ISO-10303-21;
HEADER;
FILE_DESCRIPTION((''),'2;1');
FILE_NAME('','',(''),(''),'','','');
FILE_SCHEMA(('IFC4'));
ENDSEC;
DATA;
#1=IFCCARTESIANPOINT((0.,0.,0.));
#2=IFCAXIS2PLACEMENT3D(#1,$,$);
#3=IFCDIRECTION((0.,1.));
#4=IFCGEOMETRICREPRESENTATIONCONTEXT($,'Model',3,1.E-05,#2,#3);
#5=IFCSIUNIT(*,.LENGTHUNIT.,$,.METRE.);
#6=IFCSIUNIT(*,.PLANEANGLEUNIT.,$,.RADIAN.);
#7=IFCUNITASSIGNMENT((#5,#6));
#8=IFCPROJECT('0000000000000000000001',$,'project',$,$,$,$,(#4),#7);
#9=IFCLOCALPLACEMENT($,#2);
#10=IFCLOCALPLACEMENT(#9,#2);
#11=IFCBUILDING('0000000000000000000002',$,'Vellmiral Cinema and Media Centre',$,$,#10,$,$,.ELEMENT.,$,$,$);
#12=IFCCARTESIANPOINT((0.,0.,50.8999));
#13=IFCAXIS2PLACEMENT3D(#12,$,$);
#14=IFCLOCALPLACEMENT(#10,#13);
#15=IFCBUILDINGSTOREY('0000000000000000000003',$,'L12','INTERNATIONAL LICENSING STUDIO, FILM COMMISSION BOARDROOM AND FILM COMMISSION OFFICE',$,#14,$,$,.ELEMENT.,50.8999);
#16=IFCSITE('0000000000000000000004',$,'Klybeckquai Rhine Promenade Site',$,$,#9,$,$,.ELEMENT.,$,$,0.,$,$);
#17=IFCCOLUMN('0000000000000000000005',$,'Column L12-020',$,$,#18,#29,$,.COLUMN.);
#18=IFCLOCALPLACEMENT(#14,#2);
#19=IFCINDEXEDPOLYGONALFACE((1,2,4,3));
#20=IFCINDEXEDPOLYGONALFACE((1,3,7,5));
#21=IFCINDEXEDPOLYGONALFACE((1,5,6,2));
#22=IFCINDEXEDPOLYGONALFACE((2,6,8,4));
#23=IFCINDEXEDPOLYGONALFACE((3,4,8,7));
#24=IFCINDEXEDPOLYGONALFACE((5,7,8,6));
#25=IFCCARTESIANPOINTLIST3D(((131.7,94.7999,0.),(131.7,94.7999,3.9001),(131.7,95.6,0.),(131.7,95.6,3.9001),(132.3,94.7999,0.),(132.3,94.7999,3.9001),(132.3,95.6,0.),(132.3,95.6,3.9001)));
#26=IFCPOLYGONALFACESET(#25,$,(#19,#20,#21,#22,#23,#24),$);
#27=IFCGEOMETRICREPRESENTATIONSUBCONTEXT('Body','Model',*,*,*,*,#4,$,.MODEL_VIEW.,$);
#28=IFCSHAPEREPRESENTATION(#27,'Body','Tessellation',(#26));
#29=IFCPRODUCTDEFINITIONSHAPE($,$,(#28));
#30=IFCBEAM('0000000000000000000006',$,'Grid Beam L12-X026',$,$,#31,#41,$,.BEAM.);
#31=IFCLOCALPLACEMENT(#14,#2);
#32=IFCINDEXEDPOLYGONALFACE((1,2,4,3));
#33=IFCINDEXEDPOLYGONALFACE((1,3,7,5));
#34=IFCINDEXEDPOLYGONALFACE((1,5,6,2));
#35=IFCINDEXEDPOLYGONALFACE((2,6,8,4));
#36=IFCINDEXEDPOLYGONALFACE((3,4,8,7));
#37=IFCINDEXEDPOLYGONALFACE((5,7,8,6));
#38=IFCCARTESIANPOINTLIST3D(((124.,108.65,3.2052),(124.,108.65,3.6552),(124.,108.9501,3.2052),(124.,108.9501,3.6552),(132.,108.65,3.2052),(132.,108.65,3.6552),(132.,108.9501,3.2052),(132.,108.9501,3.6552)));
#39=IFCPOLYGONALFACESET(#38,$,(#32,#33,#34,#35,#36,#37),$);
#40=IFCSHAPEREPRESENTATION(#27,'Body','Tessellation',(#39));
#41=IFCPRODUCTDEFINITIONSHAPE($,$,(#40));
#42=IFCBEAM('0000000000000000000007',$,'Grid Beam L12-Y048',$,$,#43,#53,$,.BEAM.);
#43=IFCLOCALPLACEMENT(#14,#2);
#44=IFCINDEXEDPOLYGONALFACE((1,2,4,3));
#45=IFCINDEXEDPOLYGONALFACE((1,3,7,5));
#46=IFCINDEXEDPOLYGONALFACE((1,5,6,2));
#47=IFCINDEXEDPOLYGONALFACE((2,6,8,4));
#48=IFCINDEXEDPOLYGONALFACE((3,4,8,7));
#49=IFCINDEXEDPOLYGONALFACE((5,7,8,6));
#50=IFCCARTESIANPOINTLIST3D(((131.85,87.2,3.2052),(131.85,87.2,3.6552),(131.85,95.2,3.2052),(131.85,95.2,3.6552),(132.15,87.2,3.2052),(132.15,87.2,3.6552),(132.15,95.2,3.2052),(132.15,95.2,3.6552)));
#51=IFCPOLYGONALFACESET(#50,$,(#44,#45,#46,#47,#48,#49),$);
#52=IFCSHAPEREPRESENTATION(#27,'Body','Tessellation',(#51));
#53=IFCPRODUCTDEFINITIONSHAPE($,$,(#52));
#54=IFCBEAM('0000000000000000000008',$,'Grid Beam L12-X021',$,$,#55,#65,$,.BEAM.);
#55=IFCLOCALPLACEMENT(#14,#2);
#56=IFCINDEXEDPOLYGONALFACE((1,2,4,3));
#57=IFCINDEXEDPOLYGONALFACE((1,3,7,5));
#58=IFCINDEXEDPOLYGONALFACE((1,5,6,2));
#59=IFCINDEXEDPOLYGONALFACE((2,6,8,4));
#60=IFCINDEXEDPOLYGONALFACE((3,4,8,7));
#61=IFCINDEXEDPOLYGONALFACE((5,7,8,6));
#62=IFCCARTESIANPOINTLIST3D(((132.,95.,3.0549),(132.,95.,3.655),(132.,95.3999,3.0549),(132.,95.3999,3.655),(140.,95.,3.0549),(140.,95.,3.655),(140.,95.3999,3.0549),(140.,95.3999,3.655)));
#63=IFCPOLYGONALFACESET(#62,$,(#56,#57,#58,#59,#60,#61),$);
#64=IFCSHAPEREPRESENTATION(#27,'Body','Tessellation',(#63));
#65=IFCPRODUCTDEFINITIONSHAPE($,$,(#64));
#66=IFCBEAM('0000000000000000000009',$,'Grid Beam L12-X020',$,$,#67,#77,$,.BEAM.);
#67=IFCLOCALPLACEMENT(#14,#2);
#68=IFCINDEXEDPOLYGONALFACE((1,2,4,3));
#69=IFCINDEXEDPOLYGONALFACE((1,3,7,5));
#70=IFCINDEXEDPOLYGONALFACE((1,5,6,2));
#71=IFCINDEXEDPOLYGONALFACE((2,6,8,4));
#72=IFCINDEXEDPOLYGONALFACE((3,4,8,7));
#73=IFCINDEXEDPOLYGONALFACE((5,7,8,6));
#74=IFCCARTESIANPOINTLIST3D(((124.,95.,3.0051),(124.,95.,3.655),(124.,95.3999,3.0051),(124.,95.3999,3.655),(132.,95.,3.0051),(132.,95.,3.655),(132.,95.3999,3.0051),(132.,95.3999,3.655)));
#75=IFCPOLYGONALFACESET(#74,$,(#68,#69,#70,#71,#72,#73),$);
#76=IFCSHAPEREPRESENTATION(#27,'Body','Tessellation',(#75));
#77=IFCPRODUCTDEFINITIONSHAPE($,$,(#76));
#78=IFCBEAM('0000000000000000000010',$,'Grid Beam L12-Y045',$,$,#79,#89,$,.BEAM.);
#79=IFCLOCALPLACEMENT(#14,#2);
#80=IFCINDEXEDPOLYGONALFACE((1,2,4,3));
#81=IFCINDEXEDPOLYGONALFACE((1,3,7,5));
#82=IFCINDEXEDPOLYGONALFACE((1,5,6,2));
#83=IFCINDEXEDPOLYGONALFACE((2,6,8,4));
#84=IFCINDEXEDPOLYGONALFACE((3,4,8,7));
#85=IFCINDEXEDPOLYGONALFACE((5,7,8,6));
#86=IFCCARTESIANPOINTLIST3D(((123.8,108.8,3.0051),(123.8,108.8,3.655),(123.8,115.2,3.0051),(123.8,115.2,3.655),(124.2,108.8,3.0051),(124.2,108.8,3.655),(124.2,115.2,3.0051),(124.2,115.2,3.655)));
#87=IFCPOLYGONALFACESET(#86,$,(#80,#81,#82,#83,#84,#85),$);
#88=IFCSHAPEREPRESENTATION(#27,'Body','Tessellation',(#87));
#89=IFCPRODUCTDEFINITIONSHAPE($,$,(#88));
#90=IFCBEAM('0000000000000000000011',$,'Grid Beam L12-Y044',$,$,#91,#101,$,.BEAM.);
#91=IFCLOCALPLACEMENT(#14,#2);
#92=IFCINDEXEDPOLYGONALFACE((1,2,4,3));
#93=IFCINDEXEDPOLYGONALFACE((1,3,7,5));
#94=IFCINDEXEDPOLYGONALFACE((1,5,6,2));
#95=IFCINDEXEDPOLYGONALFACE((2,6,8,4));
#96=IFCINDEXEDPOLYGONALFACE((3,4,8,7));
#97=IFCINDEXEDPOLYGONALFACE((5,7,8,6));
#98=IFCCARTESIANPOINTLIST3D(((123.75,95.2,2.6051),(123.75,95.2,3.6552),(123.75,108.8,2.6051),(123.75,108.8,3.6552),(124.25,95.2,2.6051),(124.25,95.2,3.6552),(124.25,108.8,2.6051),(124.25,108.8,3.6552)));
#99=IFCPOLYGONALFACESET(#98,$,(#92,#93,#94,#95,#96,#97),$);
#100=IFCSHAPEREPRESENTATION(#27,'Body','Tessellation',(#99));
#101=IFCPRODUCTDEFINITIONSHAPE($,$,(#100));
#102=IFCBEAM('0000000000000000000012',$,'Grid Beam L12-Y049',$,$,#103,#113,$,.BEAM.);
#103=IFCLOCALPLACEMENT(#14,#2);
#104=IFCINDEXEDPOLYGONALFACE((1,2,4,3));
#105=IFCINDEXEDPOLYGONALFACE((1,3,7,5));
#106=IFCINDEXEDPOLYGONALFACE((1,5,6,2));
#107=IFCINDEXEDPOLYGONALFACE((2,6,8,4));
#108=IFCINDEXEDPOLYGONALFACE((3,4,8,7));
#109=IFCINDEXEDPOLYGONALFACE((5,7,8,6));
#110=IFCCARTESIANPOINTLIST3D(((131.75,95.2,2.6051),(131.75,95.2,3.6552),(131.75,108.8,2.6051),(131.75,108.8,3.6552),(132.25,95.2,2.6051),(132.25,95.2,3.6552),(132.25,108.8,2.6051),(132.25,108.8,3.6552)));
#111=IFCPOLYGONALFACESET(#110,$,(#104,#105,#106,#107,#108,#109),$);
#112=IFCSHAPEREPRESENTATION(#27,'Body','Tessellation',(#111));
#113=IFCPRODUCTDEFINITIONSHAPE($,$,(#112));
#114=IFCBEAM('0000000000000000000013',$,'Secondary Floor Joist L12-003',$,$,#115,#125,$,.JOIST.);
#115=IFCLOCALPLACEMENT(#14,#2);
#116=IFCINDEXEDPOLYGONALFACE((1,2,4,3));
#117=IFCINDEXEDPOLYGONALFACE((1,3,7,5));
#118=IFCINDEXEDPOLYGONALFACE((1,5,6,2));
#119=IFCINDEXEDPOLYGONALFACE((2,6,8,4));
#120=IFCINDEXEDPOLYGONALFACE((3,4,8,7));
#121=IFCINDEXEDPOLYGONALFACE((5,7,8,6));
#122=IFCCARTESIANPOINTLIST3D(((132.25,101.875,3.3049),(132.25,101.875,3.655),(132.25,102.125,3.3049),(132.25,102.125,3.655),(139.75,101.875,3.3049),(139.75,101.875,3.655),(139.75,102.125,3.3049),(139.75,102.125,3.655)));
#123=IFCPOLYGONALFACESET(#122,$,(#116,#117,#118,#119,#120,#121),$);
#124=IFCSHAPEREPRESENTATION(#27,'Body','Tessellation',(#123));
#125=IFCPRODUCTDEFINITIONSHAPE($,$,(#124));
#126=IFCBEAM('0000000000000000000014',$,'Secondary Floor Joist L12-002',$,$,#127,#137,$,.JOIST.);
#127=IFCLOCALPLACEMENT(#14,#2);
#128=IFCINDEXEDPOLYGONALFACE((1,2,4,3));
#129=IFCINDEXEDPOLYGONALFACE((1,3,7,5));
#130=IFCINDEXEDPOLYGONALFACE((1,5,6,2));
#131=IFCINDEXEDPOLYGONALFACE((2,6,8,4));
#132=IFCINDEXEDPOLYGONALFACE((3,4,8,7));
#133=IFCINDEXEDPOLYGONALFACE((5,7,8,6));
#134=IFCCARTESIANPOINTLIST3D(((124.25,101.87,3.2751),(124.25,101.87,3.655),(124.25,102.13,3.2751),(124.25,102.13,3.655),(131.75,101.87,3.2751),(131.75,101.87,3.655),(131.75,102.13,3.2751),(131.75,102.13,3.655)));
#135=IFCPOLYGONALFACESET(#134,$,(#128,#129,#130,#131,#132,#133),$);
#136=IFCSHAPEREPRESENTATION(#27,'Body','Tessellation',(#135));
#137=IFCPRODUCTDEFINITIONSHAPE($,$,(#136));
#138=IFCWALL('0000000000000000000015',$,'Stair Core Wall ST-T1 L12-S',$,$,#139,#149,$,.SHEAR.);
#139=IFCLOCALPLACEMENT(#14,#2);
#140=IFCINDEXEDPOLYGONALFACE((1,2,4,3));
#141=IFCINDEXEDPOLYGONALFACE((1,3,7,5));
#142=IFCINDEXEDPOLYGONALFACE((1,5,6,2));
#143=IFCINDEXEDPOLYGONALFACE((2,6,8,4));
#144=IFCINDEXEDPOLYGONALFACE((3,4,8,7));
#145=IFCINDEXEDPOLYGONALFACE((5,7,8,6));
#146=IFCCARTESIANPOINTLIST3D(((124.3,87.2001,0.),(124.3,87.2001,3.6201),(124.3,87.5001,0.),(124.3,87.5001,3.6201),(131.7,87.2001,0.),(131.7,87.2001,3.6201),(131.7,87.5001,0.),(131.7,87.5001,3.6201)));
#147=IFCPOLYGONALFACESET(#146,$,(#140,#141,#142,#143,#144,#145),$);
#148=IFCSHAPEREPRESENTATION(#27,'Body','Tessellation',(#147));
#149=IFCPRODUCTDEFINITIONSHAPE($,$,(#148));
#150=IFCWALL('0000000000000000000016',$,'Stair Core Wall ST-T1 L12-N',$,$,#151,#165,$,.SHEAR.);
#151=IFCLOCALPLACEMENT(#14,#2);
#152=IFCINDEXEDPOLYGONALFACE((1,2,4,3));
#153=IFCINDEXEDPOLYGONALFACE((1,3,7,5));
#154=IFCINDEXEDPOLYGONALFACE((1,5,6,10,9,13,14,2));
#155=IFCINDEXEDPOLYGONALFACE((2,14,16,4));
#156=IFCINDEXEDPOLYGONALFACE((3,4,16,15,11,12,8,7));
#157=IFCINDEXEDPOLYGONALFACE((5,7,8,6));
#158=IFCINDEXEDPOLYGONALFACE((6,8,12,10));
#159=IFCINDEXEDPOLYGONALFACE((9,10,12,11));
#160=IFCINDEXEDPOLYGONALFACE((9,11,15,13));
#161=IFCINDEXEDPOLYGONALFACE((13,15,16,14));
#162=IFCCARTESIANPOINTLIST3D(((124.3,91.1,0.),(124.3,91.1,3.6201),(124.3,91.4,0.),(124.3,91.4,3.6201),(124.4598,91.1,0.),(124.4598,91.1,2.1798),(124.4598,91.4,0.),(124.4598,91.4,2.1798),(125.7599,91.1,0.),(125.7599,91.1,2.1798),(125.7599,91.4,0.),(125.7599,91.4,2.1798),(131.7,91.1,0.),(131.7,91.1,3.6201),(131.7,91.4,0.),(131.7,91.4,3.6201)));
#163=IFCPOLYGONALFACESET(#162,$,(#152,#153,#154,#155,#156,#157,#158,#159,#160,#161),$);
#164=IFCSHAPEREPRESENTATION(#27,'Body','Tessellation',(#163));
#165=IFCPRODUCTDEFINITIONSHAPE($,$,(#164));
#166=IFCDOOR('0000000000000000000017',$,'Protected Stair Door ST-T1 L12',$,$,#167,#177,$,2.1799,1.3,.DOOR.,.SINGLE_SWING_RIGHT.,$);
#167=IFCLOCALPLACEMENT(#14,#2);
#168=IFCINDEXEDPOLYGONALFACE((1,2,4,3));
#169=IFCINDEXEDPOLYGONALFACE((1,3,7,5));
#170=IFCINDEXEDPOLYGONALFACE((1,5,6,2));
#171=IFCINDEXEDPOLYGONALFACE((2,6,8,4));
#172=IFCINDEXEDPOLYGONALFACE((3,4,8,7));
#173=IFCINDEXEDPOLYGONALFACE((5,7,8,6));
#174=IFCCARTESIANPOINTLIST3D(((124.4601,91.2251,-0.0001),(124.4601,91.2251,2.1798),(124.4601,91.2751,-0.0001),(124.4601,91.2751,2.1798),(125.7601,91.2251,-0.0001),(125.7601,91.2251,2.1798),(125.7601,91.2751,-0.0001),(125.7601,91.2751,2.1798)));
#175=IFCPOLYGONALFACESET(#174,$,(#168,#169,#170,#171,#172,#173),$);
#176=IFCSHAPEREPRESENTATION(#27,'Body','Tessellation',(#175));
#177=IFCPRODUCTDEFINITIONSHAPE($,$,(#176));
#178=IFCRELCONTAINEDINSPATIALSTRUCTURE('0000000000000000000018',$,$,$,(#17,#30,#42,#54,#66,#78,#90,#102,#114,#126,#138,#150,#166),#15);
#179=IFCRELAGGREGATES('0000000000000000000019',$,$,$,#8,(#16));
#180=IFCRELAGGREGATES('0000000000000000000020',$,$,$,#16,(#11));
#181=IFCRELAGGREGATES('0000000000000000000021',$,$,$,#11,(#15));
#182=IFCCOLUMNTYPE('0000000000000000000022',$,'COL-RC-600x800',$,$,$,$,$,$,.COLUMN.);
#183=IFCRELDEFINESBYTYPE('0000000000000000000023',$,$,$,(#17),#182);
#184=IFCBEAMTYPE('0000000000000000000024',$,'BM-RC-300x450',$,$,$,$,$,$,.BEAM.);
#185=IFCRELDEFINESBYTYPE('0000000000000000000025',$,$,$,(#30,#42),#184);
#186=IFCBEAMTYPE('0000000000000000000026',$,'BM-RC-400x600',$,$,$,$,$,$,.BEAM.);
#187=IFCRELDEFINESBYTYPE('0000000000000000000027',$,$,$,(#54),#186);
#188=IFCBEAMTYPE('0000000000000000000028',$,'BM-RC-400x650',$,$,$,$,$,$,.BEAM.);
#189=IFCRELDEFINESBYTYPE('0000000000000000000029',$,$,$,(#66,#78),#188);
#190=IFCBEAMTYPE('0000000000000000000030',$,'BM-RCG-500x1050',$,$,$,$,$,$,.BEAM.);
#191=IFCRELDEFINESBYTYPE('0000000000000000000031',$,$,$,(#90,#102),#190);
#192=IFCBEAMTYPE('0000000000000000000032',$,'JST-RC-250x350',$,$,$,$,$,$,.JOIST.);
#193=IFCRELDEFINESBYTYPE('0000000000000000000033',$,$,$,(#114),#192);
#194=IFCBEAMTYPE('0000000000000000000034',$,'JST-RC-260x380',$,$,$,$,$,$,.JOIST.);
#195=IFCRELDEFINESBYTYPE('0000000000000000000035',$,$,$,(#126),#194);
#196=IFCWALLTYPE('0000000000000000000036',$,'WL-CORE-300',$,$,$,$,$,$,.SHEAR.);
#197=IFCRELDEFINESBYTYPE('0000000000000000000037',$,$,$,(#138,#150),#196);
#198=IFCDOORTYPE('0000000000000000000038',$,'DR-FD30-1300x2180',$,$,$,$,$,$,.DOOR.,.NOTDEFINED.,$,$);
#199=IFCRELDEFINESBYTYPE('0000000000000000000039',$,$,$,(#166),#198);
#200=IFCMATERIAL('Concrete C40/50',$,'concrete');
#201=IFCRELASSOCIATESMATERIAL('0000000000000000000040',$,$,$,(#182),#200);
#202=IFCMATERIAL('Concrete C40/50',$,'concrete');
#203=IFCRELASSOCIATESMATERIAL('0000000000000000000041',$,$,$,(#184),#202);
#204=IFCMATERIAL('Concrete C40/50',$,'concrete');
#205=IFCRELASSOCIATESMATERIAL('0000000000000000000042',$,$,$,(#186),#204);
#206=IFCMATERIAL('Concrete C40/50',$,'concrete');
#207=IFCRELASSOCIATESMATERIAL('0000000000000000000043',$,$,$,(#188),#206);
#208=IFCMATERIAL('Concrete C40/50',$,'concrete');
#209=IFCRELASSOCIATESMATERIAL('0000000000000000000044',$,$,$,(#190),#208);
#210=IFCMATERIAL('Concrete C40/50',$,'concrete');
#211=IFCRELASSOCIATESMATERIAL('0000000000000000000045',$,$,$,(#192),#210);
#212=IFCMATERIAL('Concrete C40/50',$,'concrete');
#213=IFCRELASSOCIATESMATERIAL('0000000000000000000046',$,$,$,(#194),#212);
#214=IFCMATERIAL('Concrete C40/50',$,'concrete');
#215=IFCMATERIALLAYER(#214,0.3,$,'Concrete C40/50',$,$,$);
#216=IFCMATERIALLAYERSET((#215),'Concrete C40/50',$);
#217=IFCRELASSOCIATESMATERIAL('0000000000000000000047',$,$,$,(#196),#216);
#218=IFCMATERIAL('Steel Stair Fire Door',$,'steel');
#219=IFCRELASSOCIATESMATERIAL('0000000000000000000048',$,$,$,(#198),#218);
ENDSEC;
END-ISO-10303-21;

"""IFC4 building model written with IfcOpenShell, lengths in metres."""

from ifc_helpers import new_model, si_unit, direction, frame, frame_2d, origin, origin_2d, place, context, subcontext, project, spatial, rectangle, extrude, material, layer, layer_set, material_profile, profile_set, type_object, element, fill, save


model = new_model("IFC4")

# Units and contexts
model_context = context("Model", 3, precision=1e-05, world=origin(), true_north=direction((0.0, 1.0)))
body_context = subcontext(model_context, "Body", "Model", "MODEL_VIEW")
ifc_project = project(units=[si_unit("LENGTHUNIT", "METRE"), si_unit("PLANEANGLEUNIT", "RADIAN")], contexts=[model_context])

# Site, building, storey
site_placement = place(None, origin())
site = spatial("IfcSite", under=ifc_project, at=site_placement, Name="Klybeckquai Rhine Promenade Site", CompositionType="ELEMENT", RefElevation=0.0)
building_placement = place(site_placement, origin())
building = spatial("IfcBuilding", under=site, at=building_placement, Name="Vellmiral Cinema and Media Centre", CompositionType="ELEMENT")
storey_placement = place(building_placement, frame((0.0, 0.0, 50.8999)))
storey = spatial("IfcBuildingStorey", under=building, at=storey_placement, Name="L12", Description="INTERNATIONAL LICENSING STUDIO, FILM COMMISSION BOARDROOM AND FILM COMMISSION OFFICE", CompositionType="ELEMENT", Elevation=50.8999)

# Column
ifc_material_1 = material(Name="Concrete C40/50", Category="concrete")
ifc_material_profile_1 = material_profile(ifc_material_1, rectangle(XDim=0.6001, YDim=0.8, at=origin_2d()), Name="RC 600x800")
ifc_profile_set_1 = profile_set([ifc_material_profile_1], Name="Concrete C40/50")
column_type = type_object("IfcColumnType", Name="COL-RC-600x800", PredefinedType="COLUMN", material=ifc_profile_set_1)
column_placement = place(storey_placement, frame((132.0, 95.2, 0.0), z_axis=(0.0, 0.0, 1.0), x_axis=(1.0, 0.0, 0.0)))
element("IfcColumn", 1, at=column_placement, inside=storey, type_object=column_type, Name="Column L12-020", PredefinedType="COLUMN", context=body_context, shape_type="SweptSolid", body=[
    extrude(rectangle(XDim=0.6001, YDim=0.8, at=origin_2d()), origin(), (0.0, 0.0, 1.0), 3.9001),
])

# Beams
ifc_material_2 = material(Name="Concrete C40/50", Category="concrete")
ifc_material_profile_2 = material_profile(ifc_material_2, rectangle(XDim=0.3, YDim=0.45, at=origin_2d()), Name="RC 300x450")
ifc_profile_set_2 = profile_set([ifc_material_profile_2], Name="Concrete C40/50")
beam_type_1 = type_object("IfcBeamType", Name="BM-RC-300x450", PredefinedType="BEAM", material=ifc_profile_set_2)
for number, where, z_axis, x_axis, name in (
    (2, (124.0, 108.8, 3.4302), (1.0, 0.0, 0.0), (0.0, 1.0, 0.0), "Grid Beam L12-X026"),
    (3, (132.0, 87.2, 3.4302), (0.0, 1.0, 0.0), (-1.0, 0.0, 0.0), "Grid Beam L12-Y048"),
):
    element("IfcBeam", number, at=place(storey_placement, frame(where, z_axis=z_axis, x_axis=x_axis)), inside=storey, type_object=beam_type_1, Name=name, PredefinedType="BEAM", context=body_context, shape_type="SweptSolid", body=[
        extrude(rectangle(XDim=0.3, YDim=0.45, at=origin_2d()), origin(), (0.0, 0.0, 1.0), 8.0),
    ])
ifc_material_3 = material(Name="Concrete C40/50", Category="concrete")
ifc_material_profile_3 = material_profile(ifc_material_3, rectangle(XDim=0.3999, YDim=0.6001, at=origin_2d()), Name="RC 400x600")
ifc_profile_set_3 = profile_set([ifc_material_profile_3], Name="Concrete C40/50")
beam_type_2 = type_object("IfcBeamType", Name="BM-RC-400x600", PredefinedType="BEAM", material=ifc_profile_set_3)
beam_1_placement = place(storey_placement, frame((132.0, 95.2, 3.355), z_axis=(1.0, 0.0, 0.0), x_axis=(0.0, 1.0, 0.0)))
element("IfcBeam", 4, at=beam_1_placement, inside=storey, type_object=beam_type_2, Name="Grid Beam L12-X021", PredefinedType="BEAM", context=body_context, shape_type="SweptSolid", body=[
    extrude(rectangle(XDim=0.3999, YDim=0.6001, at=origin_2d()), origin(), (0.0, 0.0, 1.0), 8.0),
])
ifc_material_4 = material(Name="Concrete C40/50", Category="concrete")
ifc_material_profile_4 = material_profile(ifc_material_4, rectangle(XDim=0.3999, YDim=0.6499, at=origin_2d()), Name="RC 400x650")
ifc_profile_set_4 = profile_set([ifc_material_profile_4], Name="Concrete C40/50")
beam_type_3 = type_object("IfcBeamType", Name="BM-RC-400x650", PredefinedType="BEAM", material=ifc_profile_set_4)
beam_2_placement = place(storey_placement, frame((124.0, 95.2, 3.3301), z_axis=(1.0, 0.0, 0.0), x_axis=(0.0, 1.0, 0.0)))
element("IfcBeam", 5, at=beam_2_placement, inside=storey, type_object=beam_type_3, Name="Grid Beam L12-X020", PredefinedType="BEAM", context=body_context, shape_type="SweptSolid", body=[
    extrude(rectangle(XDim=0.3999, YDim=0.6499, at=origin_2d()), origin(), (0.0, 0.0, 1.0), 8.0),
])
beam_3_placement = place(storey_placement, frame((124.0, 108.8, 3.3301), z_axis=(0.0, 1.0, 0.0), x_axis=(-1.0, 0.0, 0.0)))
element("IfcBeam", 6, at=beam_3_placement, inside=storey, type_object=beam_type_3, Name="Grid Beam L12-Y045", PredefinedType="BEAM", context=body_context, shape_type="SweptSolid", body=[
    extrude(rectangle(XDim=0.3999, YDim=0.6499, at=origin_2d()), origin(), (0.0, 0.0, 1.0), 6.3999),
])
ifc_material_5 = material(Name="Concrete C40/50", Category="concrete")
ifc_material_profile_5 = material_profile(ifc_material_5, rectangle(XDim=0.5, YDim=1.05, at=origin_2d()), Name="RC 500x1050")
ifc_profile_set_5 = profile_set([ifc_material_profile_5], Name="Concrete C40/50")
beam_type_4 = type_object("IfcBeamType", Name="BM-RCG-500x1050", PredefinedType="BEAM", material=ifc_profile_set_5)
for number, where, z_axis, x_axis, name in (
    (7, (124.0, 95.2, 3.1301), (0.0, 1.0, 0.0), (-1.0, 0.0, 0.0), "Grid Beam L12-Y044"),
    (8, (132.0, 95.2, 3.1301), (0.0, 1.0, 0.0), (-1.0, 0.0, 0.0), "Grid Beam L12-Y049"),
):
    element("IfcBeam", number, at=place(storey_placement, frame(where, z_axis=z_axis, x_axis=x_axis)), inside=storey, type_object=beam_type_4, Name=name, PredefinedType="BEAM", context=body_context, shape_type="SweptSolid", body=[
        extrude(rectangle(XDim=0.5, YDim=1.05, at=origin_2d()), origin(), (0.0, 0.0, 1.0), 13.6001),
    ])
ifc_material_6 = material(Name="Concrete C40/50", Category="concrete")
ifc_material_profile_6 = material_profile(ifc_material_6, rectangle(XDim=0.25, YDim=0.3501, at=origin_2d()), Name="RC 250x350")
ifc_profile_set_6 = profile_set([ifc_material_profile_6], Name="Concrete C40/50")
beam_type_5 = type_object("IfcBeamType", Name="JST-RC-250x350", PredefinedType="JOIST", material=ifc_profile_set_6)
beam_4_placement = place(storey_placement, frame((132.25, 102.0, 3.48), z_axis=(1.0, 0.0, 0.0), x_axis=(0.0, 1.0, 0.0)))
element("IfcBeam", 9, at=beam_4_placement, inside=storey, type_object=beam_type_5, Name="Secondary Floor Joist L12-003", PredefinedType="JOIST", context=body_context, shape_type="SweptSolid", body=[
    extrude(rectangle(XDim=0.25, YDim=0.3501, at=origin_2d()), origin(), (0.0, 0.0, 1.0), 7.5),
])
ifc_material_7 = material(Name="Concrete C40/50", Category="concrete")
ifc_material_profile_7 = material_profile(ifc_material_7, rectangle(XDim=0.26, YDim=0.3799, at=origin_2d()), Name="RC 260x380")
ifc_profile_set_7 = profile_set([ifc_material_profile_7], Name="Concrete C40/50")
beam_type_6 = type_object("IfcBeamType", Name="JST-RC-260x380", PredefinedType="JOIST", material=ifc_profile_set_7)
beam_5_placement = place(storey_placement, frame((124.25, 102.0, 3.4651), z_axis=(1.0, 0.0, 0.0), x_axis=(0.0, 1.0, 0.0)))
element("IfcBeam", 10, at=beam_5_placement, inside=storey, type_object=beam_type_6, Name="Secondary Floor Joist L12-002", PredefinedType="JOIST", context=body_context, shape_type="SweptSolid", body=[
    extrude(rectangle(XDim=0.26, YDim=0.3799, at=origin_2d()), origin(), (0.0, 0.0, 1.0), 7.5),
])

# Wall
ifc_material_8 = material(Name="Concrete C40/50", Category="concrete")
ifc_layer_1 = layer(ifc_material_8, 0.3, Name="Concrete C40/50")
ifc_layer_set_1 = layer_set([ifc_layer_1], Name="Concrete C40/50")
wall_type_1 = type_object("IfcWallType", Name="WL-CORE-300", PredefinedType="SHEAR", material=ifc_layer_set_1)
wall_1_placement = place(storey_placement, frame((124.3, 87.3501, 0.0), z_axis=(0.0, 0.0, 1.0), x_axis=(1.0, 0.0, 0.0)))
element("IfcWall", 11, at=wall_1_placement, inside=storey, type_object=wall_type_1, Name="Stair Core Wall ST-T1 L12-S", PredefinedType="SHEAR", context=body_context, shape_type="SweptSolid", body=[
    extrude(rectangle(XDim=7.3999, YDim=0.3, at=frame_2d((3.7, 0.0))), origin(), (0.0, 0.0, 1.0), 3.6201),
])

# Wall, opening, door
wall_2_placement = place(storey_placement, frame((124.3, 91.25, 0.0), z_axis=(0.0, 0.0, 1.0), x_axis=(1.0, 0.0, 0.0)))
wall_2 = element("IfcWall", 12, at=wall_2_placement, inside=storey, type_object=wall_type_1, Name="Stair Core Wall ST-T1 L12-N", PredefinedType="SHEAR", context=body_context, shape_type="SweptSolid", body=[
    extrude(rectangle(XDim=7.3999, YDim=0.3, at=frame_2d((3.7, 0.0))), origin(), (0.0, 0.0, 1.0), 3.6201),
])
opening_1_placement = place(wall_2_placement, frame((0.1599, 0.0, 0.0)))
opening_1 = element("IfcOpeningElement", 13, at=opening_1_placement, cuts=wall_2, PredefinedType="OPENING", context=body_context, shape_type="SweptSolid", body=[
    extrude(rectangle(XDim=1.3, YDim=2.1799, at=frame_2d((0.6499, 1.0898))), frame((0.0, 0.1621, 0.0), z_axis=(0.0, -1.0, 0.0), x_axis=(1.0, 0.0, 0.0)), (0.0, 0.0, 1.0), 0.324),
])
ifc_material_9 = material(Name="Steel Stair Fire Door", Category="steel")
door_type_1 = type_object("IfcDoorType", Name="DR-FD30-1300x2180", OperationType="NOTDEFINED", PredefinedType="DOOR", material=ifc_material_9)
door_1_placement = place(opening_1_placement, frame((1.3, 0.0, 0.0), z_axis=(0.0, 0.0, 1.0), x_axis=(-1.0, 0.0, 0.0)))
door_1 = element("IfcDoor", 14, at=door_1_placement, inside=storey, type_object=door_type_1, Name="Protected Stair Door ST-T1 L12", OperationType="SINGLE_SWING_RIGHT", OverallHeight=2.1799, OverallWidth=1.3, PredefinedType="DOOR", context=body_context, shape_type="SweptSolid", body=[
    extrude(rectangle(XDim=1.3, YDim=2.1799, at=frame_2d((0.6499, 1.0898))), frame((0.0, 0.0249, 0.0), z_axis=(0.0, -1.0, 0.0), x_axis=(1.0, 0.0, 0.0)), (0.0, 0.0, 1.0), 0.05),
])
fill(opening_1, door_1)

save(model, "model.ifc")
